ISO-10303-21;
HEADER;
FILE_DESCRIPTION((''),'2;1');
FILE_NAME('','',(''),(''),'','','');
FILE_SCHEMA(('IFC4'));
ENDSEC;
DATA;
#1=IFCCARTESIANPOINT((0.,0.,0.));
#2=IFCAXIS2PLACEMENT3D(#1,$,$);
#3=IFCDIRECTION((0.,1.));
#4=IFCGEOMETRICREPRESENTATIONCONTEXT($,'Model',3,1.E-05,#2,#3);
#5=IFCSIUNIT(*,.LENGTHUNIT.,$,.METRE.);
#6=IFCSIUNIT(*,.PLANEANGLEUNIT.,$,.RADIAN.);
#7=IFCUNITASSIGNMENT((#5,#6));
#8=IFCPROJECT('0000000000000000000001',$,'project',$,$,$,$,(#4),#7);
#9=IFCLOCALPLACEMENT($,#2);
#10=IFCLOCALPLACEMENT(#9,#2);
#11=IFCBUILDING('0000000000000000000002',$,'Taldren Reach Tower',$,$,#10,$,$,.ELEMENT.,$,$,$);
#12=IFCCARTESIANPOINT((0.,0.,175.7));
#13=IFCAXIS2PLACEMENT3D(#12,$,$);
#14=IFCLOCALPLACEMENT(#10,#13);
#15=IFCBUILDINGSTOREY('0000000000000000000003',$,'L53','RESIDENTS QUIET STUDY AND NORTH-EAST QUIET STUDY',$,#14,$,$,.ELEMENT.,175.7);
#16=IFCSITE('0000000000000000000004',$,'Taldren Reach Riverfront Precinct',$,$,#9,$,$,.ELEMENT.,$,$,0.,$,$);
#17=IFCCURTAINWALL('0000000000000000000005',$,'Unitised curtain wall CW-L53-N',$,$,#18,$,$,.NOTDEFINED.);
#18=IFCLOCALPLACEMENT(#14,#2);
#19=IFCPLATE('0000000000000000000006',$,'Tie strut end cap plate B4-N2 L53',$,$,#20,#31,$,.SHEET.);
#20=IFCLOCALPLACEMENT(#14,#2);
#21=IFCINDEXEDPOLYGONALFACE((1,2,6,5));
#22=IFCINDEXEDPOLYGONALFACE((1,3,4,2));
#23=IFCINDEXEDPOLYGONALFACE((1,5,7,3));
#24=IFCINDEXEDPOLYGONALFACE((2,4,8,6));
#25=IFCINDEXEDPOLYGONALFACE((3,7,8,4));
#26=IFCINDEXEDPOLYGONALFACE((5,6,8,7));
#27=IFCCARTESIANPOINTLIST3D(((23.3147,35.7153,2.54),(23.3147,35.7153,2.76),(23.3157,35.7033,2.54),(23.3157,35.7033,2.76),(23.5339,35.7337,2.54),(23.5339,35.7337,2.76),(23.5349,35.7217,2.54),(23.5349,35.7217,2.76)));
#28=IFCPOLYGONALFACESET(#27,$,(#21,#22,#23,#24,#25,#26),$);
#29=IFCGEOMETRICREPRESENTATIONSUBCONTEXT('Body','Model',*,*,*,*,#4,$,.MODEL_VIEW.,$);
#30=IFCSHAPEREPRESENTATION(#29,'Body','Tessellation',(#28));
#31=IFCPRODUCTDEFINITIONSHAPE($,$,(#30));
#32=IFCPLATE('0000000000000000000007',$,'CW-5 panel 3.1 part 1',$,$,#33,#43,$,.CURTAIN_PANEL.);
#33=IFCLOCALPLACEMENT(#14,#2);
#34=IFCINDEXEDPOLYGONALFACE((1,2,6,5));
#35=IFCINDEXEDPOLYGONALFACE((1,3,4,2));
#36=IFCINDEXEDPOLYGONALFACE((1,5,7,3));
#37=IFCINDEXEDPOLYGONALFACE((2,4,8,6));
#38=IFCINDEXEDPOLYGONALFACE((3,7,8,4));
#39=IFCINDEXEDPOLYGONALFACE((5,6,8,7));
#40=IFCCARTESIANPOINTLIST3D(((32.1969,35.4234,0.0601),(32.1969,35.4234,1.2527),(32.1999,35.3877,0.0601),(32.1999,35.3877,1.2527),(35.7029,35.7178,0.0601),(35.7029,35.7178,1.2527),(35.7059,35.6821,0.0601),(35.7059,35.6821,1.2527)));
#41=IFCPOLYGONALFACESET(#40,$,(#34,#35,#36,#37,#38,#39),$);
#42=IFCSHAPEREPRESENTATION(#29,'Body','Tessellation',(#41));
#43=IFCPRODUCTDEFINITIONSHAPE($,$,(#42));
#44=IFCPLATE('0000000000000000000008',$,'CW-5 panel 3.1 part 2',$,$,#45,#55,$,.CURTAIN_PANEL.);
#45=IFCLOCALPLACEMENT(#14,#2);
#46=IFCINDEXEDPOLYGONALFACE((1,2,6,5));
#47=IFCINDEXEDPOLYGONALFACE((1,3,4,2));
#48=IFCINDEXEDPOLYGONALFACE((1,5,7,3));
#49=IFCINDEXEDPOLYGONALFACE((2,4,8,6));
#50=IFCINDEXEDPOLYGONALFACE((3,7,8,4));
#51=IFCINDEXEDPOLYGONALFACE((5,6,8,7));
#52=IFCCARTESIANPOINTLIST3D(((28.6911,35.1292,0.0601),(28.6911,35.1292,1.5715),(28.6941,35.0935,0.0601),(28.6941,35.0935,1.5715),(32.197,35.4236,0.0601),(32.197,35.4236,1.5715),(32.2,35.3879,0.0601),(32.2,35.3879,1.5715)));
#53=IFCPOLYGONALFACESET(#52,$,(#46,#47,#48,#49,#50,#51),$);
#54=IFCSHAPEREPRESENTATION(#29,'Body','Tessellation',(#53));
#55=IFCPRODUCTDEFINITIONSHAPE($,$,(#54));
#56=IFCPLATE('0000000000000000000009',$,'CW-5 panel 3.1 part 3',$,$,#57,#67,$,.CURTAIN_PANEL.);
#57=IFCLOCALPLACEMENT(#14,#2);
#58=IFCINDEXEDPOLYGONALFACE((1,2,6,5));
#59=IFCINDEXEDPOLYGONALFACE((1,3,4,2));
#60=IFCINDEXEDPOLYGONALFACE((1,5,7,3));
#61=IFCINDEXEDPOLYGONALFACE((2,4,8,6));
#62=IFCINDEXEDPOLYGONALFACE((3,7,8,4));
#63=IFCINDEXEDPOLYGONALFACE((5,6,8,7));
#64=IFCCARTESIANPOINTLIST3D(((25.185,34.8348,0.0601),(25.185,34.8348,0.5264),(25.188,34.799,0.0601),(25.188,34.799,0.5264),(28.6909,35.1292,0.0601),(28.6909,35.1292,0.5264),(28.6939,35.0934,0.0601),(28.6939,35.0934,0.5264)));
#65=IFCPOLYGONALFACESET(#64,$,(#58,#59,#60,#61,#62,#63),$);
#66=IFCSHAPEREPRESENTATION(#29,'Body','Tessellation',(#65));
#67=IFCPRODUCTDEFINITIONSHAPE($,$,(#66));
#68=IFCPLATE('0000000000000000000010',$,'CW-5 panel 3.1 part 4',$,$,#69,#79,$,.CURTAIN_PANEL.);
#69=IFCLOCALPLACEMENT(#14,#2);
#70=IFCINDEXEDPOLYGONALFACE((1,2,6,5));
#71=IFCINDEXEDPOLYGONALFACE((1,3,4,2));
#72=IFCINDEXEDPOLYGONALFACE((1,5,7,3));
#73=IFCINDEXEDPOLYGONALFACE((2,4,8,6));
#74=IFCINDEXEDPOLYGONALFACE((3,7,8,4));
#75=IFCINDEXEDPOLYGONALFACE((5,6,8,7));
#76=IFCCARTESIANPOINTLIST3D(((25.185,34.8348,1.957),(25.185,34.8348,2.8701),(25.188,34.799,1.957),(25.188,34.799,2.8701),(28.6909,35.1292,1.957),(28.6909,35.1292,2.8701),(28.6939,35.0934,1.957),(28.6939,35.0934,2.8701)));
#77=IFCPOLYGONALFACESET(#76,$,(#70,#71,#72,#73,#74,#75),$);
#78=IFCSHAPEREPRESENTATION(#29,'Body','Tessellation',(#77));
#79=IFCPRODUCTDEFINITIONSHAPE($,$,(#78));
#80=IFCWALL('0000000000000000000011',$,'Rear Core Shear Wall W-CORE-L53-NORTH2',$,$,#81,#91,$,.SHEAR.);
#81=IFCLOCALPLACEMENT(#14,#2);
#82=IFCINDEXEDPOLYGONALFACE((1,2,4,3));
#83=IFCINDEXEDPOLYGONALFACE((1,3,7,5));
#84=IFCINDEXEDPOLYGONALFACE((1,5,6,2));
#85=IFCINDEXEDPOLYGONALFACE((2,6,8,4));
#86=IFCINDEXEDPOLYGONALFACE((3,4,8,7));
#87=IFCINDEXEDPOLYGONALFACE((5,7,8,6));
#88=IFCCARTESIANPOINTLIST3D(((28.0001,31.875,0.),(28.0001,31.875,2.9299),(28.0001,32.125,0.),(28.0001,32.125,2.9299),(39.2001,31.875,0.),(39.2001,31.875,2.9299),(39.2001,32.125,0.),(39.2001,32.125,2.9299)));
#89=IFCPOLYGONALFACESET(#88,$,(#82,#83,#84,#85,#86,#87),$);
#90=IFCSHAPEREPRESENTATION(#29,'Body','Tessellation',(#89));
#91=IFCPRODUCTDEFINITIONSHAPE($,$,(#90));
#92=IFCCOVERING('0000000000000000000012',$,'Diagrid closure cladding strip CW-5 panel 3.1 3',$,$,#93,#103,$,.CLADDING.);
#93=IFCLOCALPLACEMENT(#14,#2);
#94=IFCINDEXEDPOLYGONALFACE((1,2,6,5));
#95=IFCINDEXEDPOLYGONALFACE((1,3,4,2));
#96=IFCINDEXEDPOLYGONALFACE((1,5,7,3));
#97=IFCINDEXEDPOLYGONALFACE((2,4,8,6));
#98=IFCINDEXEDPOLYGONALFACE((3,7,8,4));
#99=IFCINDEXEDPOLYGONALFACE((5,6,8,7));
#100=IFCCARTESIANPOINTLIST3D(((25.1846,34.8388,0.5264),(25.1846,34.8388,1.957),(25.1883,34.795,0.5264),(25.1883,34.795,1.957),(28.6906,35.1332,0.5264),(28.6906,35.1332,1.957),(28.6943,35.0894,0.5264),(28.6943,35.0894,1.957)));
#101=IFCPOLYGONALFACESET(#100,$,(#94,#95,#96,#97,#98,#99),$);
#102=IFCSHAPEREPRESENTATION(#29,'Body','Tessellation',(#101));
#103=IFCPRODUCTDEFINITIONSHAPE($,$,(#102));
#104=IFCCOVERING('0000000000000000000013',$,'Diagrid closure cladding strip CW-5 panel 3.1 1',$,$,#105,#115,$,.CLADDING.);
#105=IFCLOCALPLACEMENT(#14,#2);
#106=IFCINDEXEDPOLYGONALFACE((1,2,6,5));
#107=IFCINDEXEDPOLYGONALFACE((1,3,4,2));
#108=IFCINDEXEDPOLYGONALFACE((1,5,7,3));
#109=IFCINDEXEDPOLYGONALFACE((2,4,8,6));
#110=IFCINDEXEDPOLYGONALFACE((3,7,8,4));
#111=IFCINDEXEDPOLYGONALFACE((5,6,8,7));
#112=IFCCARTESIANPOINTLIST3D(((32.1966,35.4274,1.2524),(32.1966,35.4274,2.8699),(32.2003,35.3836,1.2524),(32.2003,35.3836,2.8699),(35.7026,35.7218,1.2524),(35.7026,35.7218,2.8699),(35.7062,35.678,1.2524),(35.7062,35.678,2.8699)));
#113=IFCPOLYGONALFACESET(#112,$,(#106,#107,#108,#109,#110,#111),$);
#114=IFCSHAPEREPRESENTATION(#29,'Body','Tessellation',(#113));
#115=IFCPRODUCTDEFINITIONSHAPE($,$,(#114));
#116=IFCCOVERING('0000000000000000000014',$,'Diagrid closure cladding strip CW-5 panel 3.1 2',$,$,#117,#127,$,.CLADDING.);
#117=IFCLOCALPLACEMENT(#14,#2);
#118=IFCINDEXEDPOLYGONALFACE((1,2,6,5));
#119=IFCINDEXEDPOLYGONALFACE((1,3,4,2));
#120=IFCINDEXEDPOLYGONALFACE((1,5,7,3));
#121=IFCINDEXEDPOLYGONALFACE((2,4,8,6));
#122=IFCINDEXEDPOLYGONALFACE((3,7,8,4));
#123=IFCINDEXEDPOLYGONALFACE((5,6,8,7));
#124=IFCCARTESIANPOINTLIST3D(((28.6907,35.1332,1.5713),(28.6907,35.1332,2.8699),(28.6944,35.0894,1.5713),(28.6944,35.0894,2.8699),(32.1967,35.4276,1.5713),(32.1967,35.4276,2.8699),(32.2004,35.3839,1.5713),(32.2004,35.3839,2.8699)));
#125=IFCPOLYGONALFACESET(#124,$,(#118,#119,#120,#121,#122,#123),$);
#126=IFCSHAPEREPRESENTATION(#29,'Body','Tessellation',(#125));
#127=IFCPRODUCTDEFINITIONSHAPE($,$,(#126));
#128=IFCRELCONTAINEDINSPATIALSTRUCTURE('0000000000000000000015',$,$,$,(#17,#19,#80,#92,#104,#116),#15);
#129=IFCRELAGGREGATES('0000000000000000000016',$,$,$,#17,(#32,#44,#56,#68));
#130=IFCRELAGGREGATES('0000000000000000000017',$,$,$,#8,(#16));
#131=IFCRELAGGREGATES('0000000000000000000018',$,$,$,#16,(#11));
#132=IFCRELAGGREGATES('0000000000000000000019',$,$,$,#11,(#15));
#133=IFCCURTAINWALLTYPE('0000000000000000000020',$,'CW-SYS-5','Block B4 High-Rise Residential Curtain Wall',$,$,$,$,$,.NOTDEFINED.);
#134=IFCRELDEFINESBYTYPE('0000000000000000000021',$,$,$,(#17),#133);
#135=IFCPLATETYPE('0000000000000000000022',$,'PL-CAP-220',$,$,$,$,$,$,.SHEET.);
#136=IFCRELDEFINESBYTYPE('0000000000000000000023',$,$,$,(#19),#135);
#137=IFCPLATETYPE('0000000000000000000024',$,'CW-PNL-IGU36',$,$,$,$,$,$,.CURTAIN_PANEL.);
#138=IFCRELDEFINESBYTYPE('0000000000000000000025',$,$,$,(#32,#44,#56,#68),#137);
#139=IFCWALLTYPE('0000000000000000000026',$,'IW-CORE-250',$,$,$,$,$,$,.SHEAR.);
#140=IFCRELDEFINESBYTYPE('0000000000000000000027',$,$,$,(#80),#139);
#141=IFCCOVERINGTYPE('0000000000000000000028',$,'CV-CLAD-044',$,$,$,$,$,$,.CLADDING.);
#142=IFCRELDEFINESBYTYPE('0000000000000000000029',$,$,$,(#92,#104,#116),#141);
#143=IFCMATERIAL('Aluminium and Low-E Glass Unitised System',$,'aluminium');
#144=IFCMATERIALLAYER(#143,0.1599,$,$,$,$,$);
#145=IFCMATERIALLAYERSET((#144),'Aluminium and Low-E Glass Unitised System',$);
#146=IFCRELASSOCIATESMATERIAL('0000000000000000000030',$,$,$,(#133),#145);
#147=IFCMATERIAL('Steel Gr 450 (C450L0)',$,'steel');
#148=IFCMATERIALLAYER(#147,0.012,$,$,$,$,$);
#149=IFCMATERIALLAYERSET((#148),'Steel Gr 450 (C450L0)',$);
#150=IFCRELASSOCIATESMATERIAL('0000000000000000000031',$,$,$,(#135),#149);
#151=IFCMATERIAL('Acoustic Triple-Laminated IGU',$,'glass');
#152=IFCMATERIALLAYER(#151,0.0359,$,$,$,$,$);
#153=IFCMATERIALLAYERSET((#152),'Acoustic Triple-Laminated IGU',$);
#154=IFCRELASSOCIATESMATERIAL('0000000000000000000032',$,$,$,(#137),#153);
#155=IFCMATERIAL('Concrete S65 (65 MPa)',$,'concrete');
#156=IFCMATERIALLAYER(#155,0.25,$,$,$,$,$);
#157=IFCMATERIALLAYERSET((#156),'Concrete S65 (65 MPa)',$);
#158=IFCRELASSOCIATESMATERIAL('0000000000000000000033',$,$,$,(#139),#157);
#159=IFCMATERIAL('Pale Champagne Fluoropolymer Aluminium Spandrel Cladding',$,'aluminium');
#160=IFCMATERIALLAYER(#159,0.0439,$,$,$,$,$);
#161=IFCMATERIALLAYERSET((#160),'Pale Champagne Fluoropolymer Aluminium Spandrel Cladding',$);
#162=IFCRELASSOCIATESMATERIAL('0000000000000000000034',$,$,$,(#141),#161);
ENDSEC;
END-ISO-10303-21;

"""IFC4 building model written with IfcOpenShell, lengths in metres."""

from ifc_helpers import new_model, si_unit, direction, frame, frame_2d, origin, origin_2d, place, context, subcontext, project, spatial, rectangle, extrude, source, transform, mapped, material, layer, layer_set, type_object, element, aggregate, save


model = new_model("IFC4")

# Units and contexts
model_context = context("Model", 3, precision=1e-05, world=origin(), true_north=direction((0.0, 1.0)))
body_context = subcontext(model_context, "Body", "Model", "MODEL_VIEW")
ifc_project = project(units=[si_unit("LENGTHUNIT", "METRE"), si_unit("PLANEANGLEUNIT", "RADIAN")], contexts=[model_context])

# Site, building, storey
site_placement = place(None, origin())
site = spatial("IfcSite", under=ifc_project, at=site_placement, Name="Taldren Reach Riverfront Precinct", CompositionType="ELEMENT", RefElevation=0.0)
building_placement = place(site_placement, origin())
building = spatial("IfcBuilding", under=site, at=building_placement, Name="Taldren Reach Tower", CompositionType="ELEMENT")
storey_placement = place(building_placement, frame((0.0, 0.0, 175.7)))
storey = spatial("IfcBuildingStorey", under=building, at=storey_placement, Name="L53", Description="RESIDENTS QUIET STUDY AND NORTH-EAST QUIET STUDY", CompositionType="ELEMENT", Elevation=175.7)

# Shared definitions
ifc_material_1 = material(Name="Steel Gr 450 (C450L0)", Category="steel")

# Curtain wall
ifc_material_2 = material(Name="Aluminium and Low-E Glass Unitised System", Category="aluminium")
ifc_layer_1 = layer(ifc_material_2, 0.1599)
ifc_layer_set_1 = layer_set([ifc_layer_1], Name="Aluminium and Low-E Glass Unitised System")
curtain_wall_type = type_object("IfcCurtainWallType", Name="CW-SYS-5", Description="Block B4 High-Rise Residential Curtain Wall", PredefinedType="NOTDEFINED", material=ifc_layer_set_1)
curtain_wall_placement = place(storey_placement, origin())
curtain_wall = element("IfcCurtainWall", 1, at=curtain_wall_placement, inside=storey, type_object=curtain_wall_type, Name="Unitised curtain wall CW-L53-N", PredefinedType="NOTDEFINED")

# Plate
ifc_layer_2 = layer(ifc_material_1, 0.012)
ifc_layer_set_2 = layer_set([ifc_layer_2], Name="Steel Gr 450 (C450L0)")
plate_type_1 = type_object("IfcPlateType", Name="PL-CAP-220", PredefinedType="SHEET", material=ifc_layer_set_2)
shared_shape_1 = source(origin(), body_context, "Body", "SweptSolid", [
    extrude(rectangle(XDim=0.22, YDim=0.012, at=origin_2d()), origin(), (0.0, 0.0, 1.0), 0.22),
])
plate_1_placement = place(storey_placement, frame((23.4248, 35.7185, 2.54), z_axis=(0.0, 0.0, 1.0), x_axis=(0.996493, 0.083678, 0.0)))
element("IfcPlate", 2, at=plate_1_placement, inside=storey, type_object=plate_type_1, Name="Tie strut end cap plate B4-N2 L53", PredefinedType="SHEET", context=body_context, shape_type="MappedRepresentation", body=[
    mapped(shared_shape_1, transform((0.0, 0.0, 0.0), scale=1.0)),
])

# Plates
ifc_material_3 = material(Name="Acoustic Triple-Laminated IGU", Category="glass")
ifc_layer_3 = layer(ifc_material_3, 0.0359)
ifc_layer_set_3 = layer_set([ifc_layer_3], Name="Acoustic Triple-Laminated IGU")
plate_type_2 = type_object("IfcPlateType", Name="CW-PNL-IGU36", PredefinedType="CURTAIN_PANEL", material=ifc_layer_set_3)
shared_shape_2 = source(origin(), body_context, "Body", "SweptSolid", [
    extrude(rectangle(XDim=3.5183, YDim=0.0359, at=origin_2d()), origin(), (0.0, 0.0, 1.0), 1.1926),
])
plate_2_placement = place(storey_placement, frame((33.9514, 35.5527, 0.0601), z_axis=(0.0, 0.0, 1.0), x_axis=(-0.996493, -0.083678, 0.0)))
plate_2 = element("IfcPlate", 3, at=plate_2_placement, type_object=plate_type_2, Name="CW-5 panel 3.1 part 1", PredefinedType="CURTAIN_PANEL", context=body_context, shape_type="MappedRepresentation", body=[
    mapped(shared_shape_2, transform((0.0, 0.0, 0.0), scale=1.0)),
])
shared_shape_3 = source(origin(), body_context, "Body", "SweptSolid", [
    extrude(rectangle(XDim=3.5183, YDim=0.0359, at=origin_2d()), origin(), (0.0, 0.0, 1.0), 1.5115),
])
plate_3_placement = place(storey_placement, frame((30.4456, 35.2585, 0.0601), z_axis=(0.0, 0.0, 1.0), x_axis=(-0.996493, -0.083678, 0.0)))
plate_3 = element("IfcPlate", 4, at=plate_3_placement, type_object=plate_type_2, Name="CW-5 panel 3.1 part 2", PredefinedType="CURTAIN_PANEL", context=body_context, shape_type="MappedRepresentation", body=[
    mapped(shared_shape_3, transform((0.0, 0.0, 0.0), scale=1.0)),
])
shared_shape_4 = source(origin(), body_context, "Body", "SweptSolid", [
    extrude(rectangle(XDim=3.5183, YDim=0.0359, at=origin_2d()), origin(), (0.0, 0.0, 1.0), 0.4663),
])
plate_4_placement = place(storey_placement, frame((26.9395, 34.9641, 0.0601), z_axis=(0.0, 0.0, 1.0), x_axis=(-0.996493, -0.083678, 0.0)))
plate_4 = element("IfcPlate", 5, at=plate_4_placement, type_object=plate_type_2, Name="CW-5 panel 3.1 part 3", PredefinedType="CURTAIN_PANEL", context=body_context, shape_type="MappedRepresentation", body=[
    mapped(shared_shape_4, transform((0.0, 0.0, 0.0), scale=1.0)),
])
shared_shape_5 = source(origin(), body_context, "Body", "SweptSolid", [
    extrude(rectangle(XDim=3.5183, YDim=0.0359, at=origin_2d()), origin(), (0.0, 0.0, 1.0), 0.9131),
])
plate_5_placement = place(storey_placement, frame((26.9395, 34.9641, 1.957), z_axis=(0.0, 0.0, 1.0), x_axis=(-0.996493, -0.083678, 0.0)))
plate_5 = element("IfcPlate", 6, at=plate_5_placement, type_object=plate_type_2, Name="CW-5 panel 3.1 part 4", PredefinedType="CURTAIN_PANEL", context=body_context, shape_type="MappedRepresentation", body=[
    mapped(shared_shape_5, transform((0.0, 0.0, 0.0), scale=1.0)),
])
aggregate(curtain_wall, [plate_2, plate_3, plate_4, plate_5])

# Wall
ifc_material_4 = material(Name="Concrete S65 (65 MPa)", Category="concrete")
ifc_layer_4 = layer(ifc_material_4, 0.25)
ifc_layer_set_4 = layer_set([ifc_layer_4], Name="Concrete S65 (65 MPa)")
wall_type = type_object("IfcWallType", Name="IW-CORE-250", PredefinedType="SHEAR", material=ifc_layer_set_4)
shared_shape_6 = source(origin(), body_context, "Body", "SweptSolid", [
    extrude(rectangle(XDim=11.2, YDim=0.25, at=frame_2d((5.6001, 0.0))), origin(), (0.0, 0.0, 1.0), 2.9299),
])
wall_placement = place(storey_placement, frame((28.0, 32.0, 0.0), z_axis=(0.0, 0.0, 1.0), x_axis=(1.0, 0.0, 0.0)))
element("IfcWall", 7, at=wall_placement, inside=storey, type_object=wall_type, Name="Rear Core Shear Wall W-CORE-L53-NORTH2", PredefinedType="SHEAR", context=body_context, shape_type="MappedRepresentation", body=[
    mapped(shared_shape_6, transform((0.0, 0.0, 0.0), scale=1.0)),
])

# Coverings
ifc_material_5 = material(Name="Pale Champagne Fluoropolymer Aluminium Spandrel Cladding", Category="aluminium")
ifc_layer_5 = layer(ifc_material_5, 0.0439)
ifc_layer_set_5 = layer_set([ifc_layer_5], Name="Pale Champagne Fluoropolymer Aluminium Spandrel Cladding")
covering_type = type_object("IfcCoveringType", Name="CV-CLAD-044", PredefinedType="CLADDING", material=ifc_layer_set_5)
shared_shape_7 = source(origin(), body_context, "Body", "SweptSolid", [
    extrude(rectangle(XDim=3.5183, YDim=0.0439, at=origin_2d()), origin(), (0.0, 0.0, 1.0), 1.4307),
])
covering_1_placement = place(storey_placement, frame((26.9395, 34.9641, 0.5264), z_axis=(0.0, 0.0, 1.0), x_axis=(-0.996493, -0.083678, 0.0)))
element("IfcCovering", 8, at=covering_1_placement, inside=storey, type_object=covering_type, Name="Diagrid closure cladding strip CW-5 panel 3.1 3", PredefinedType="CLADDING", context=body_context, shape_type="MappedRepresentation", body=[
    mapped(shared_shape_7, transform((0.0, 0.0, 0.0), scale=1.0)),
])
shared_shape_8 = source(origin(), body_context, "Body", "SweptSolid", [
    extrude(rectangle(XDim=3.5183, YDim=0.0439, at=origin_2d()), origin(), (0.0, 0.0, 1.0), 1.6174),
])
covering_2_placement = place(storey_placement, frame((33.9514, 35.5527, 1.2524), z_axis=(0.0, 0.0, 1.0), x_axis=(-0.996493, -0.083678, 0.0)))
element("IfcCovering", 9, at=covering_2_placement, inside=storey, type_object=covering_type, Name="Diagrid closure cladding strip CW-5 panel 3.1 1", PredefinedType="CLADDING", context=body_context, shape_type="MappedRepresentation", body=[
    mapped(shared_shape_8, transform((0.0, 0.0, 0.0), scale=1.0)),
])
shared_shape_9 = source(origin(), body_context, "Body", "SweptSolid", [
    extrude(rectangle(XDim=3.5183, YDim=0.0439, at=origin_2d()), origin(), (0.0, 0.0, 1.0), 1.2986),
])
covering_3_placement = place(storey_placement, frame((30.4456, 35.2585, 1.5713), z_axis=(0.0, 0.0, 1.0), x_axis=(-0.996493, -0.083678, 0.0)))
element("IfcCovering", 10, at=covering_3_placement, inside=storey, type_object=covering_type, Name="Diagrid closure cladding strip CW-5 panel 3.1 2", PredefinedType="CLADDING", context=body_context, shape_type="MappedRepresentation", body=[
    mapped(shared_shape_9, transform((0.0, 0.0, 0.0), scale=1.0)),
])

save(model, "model.ifc")
